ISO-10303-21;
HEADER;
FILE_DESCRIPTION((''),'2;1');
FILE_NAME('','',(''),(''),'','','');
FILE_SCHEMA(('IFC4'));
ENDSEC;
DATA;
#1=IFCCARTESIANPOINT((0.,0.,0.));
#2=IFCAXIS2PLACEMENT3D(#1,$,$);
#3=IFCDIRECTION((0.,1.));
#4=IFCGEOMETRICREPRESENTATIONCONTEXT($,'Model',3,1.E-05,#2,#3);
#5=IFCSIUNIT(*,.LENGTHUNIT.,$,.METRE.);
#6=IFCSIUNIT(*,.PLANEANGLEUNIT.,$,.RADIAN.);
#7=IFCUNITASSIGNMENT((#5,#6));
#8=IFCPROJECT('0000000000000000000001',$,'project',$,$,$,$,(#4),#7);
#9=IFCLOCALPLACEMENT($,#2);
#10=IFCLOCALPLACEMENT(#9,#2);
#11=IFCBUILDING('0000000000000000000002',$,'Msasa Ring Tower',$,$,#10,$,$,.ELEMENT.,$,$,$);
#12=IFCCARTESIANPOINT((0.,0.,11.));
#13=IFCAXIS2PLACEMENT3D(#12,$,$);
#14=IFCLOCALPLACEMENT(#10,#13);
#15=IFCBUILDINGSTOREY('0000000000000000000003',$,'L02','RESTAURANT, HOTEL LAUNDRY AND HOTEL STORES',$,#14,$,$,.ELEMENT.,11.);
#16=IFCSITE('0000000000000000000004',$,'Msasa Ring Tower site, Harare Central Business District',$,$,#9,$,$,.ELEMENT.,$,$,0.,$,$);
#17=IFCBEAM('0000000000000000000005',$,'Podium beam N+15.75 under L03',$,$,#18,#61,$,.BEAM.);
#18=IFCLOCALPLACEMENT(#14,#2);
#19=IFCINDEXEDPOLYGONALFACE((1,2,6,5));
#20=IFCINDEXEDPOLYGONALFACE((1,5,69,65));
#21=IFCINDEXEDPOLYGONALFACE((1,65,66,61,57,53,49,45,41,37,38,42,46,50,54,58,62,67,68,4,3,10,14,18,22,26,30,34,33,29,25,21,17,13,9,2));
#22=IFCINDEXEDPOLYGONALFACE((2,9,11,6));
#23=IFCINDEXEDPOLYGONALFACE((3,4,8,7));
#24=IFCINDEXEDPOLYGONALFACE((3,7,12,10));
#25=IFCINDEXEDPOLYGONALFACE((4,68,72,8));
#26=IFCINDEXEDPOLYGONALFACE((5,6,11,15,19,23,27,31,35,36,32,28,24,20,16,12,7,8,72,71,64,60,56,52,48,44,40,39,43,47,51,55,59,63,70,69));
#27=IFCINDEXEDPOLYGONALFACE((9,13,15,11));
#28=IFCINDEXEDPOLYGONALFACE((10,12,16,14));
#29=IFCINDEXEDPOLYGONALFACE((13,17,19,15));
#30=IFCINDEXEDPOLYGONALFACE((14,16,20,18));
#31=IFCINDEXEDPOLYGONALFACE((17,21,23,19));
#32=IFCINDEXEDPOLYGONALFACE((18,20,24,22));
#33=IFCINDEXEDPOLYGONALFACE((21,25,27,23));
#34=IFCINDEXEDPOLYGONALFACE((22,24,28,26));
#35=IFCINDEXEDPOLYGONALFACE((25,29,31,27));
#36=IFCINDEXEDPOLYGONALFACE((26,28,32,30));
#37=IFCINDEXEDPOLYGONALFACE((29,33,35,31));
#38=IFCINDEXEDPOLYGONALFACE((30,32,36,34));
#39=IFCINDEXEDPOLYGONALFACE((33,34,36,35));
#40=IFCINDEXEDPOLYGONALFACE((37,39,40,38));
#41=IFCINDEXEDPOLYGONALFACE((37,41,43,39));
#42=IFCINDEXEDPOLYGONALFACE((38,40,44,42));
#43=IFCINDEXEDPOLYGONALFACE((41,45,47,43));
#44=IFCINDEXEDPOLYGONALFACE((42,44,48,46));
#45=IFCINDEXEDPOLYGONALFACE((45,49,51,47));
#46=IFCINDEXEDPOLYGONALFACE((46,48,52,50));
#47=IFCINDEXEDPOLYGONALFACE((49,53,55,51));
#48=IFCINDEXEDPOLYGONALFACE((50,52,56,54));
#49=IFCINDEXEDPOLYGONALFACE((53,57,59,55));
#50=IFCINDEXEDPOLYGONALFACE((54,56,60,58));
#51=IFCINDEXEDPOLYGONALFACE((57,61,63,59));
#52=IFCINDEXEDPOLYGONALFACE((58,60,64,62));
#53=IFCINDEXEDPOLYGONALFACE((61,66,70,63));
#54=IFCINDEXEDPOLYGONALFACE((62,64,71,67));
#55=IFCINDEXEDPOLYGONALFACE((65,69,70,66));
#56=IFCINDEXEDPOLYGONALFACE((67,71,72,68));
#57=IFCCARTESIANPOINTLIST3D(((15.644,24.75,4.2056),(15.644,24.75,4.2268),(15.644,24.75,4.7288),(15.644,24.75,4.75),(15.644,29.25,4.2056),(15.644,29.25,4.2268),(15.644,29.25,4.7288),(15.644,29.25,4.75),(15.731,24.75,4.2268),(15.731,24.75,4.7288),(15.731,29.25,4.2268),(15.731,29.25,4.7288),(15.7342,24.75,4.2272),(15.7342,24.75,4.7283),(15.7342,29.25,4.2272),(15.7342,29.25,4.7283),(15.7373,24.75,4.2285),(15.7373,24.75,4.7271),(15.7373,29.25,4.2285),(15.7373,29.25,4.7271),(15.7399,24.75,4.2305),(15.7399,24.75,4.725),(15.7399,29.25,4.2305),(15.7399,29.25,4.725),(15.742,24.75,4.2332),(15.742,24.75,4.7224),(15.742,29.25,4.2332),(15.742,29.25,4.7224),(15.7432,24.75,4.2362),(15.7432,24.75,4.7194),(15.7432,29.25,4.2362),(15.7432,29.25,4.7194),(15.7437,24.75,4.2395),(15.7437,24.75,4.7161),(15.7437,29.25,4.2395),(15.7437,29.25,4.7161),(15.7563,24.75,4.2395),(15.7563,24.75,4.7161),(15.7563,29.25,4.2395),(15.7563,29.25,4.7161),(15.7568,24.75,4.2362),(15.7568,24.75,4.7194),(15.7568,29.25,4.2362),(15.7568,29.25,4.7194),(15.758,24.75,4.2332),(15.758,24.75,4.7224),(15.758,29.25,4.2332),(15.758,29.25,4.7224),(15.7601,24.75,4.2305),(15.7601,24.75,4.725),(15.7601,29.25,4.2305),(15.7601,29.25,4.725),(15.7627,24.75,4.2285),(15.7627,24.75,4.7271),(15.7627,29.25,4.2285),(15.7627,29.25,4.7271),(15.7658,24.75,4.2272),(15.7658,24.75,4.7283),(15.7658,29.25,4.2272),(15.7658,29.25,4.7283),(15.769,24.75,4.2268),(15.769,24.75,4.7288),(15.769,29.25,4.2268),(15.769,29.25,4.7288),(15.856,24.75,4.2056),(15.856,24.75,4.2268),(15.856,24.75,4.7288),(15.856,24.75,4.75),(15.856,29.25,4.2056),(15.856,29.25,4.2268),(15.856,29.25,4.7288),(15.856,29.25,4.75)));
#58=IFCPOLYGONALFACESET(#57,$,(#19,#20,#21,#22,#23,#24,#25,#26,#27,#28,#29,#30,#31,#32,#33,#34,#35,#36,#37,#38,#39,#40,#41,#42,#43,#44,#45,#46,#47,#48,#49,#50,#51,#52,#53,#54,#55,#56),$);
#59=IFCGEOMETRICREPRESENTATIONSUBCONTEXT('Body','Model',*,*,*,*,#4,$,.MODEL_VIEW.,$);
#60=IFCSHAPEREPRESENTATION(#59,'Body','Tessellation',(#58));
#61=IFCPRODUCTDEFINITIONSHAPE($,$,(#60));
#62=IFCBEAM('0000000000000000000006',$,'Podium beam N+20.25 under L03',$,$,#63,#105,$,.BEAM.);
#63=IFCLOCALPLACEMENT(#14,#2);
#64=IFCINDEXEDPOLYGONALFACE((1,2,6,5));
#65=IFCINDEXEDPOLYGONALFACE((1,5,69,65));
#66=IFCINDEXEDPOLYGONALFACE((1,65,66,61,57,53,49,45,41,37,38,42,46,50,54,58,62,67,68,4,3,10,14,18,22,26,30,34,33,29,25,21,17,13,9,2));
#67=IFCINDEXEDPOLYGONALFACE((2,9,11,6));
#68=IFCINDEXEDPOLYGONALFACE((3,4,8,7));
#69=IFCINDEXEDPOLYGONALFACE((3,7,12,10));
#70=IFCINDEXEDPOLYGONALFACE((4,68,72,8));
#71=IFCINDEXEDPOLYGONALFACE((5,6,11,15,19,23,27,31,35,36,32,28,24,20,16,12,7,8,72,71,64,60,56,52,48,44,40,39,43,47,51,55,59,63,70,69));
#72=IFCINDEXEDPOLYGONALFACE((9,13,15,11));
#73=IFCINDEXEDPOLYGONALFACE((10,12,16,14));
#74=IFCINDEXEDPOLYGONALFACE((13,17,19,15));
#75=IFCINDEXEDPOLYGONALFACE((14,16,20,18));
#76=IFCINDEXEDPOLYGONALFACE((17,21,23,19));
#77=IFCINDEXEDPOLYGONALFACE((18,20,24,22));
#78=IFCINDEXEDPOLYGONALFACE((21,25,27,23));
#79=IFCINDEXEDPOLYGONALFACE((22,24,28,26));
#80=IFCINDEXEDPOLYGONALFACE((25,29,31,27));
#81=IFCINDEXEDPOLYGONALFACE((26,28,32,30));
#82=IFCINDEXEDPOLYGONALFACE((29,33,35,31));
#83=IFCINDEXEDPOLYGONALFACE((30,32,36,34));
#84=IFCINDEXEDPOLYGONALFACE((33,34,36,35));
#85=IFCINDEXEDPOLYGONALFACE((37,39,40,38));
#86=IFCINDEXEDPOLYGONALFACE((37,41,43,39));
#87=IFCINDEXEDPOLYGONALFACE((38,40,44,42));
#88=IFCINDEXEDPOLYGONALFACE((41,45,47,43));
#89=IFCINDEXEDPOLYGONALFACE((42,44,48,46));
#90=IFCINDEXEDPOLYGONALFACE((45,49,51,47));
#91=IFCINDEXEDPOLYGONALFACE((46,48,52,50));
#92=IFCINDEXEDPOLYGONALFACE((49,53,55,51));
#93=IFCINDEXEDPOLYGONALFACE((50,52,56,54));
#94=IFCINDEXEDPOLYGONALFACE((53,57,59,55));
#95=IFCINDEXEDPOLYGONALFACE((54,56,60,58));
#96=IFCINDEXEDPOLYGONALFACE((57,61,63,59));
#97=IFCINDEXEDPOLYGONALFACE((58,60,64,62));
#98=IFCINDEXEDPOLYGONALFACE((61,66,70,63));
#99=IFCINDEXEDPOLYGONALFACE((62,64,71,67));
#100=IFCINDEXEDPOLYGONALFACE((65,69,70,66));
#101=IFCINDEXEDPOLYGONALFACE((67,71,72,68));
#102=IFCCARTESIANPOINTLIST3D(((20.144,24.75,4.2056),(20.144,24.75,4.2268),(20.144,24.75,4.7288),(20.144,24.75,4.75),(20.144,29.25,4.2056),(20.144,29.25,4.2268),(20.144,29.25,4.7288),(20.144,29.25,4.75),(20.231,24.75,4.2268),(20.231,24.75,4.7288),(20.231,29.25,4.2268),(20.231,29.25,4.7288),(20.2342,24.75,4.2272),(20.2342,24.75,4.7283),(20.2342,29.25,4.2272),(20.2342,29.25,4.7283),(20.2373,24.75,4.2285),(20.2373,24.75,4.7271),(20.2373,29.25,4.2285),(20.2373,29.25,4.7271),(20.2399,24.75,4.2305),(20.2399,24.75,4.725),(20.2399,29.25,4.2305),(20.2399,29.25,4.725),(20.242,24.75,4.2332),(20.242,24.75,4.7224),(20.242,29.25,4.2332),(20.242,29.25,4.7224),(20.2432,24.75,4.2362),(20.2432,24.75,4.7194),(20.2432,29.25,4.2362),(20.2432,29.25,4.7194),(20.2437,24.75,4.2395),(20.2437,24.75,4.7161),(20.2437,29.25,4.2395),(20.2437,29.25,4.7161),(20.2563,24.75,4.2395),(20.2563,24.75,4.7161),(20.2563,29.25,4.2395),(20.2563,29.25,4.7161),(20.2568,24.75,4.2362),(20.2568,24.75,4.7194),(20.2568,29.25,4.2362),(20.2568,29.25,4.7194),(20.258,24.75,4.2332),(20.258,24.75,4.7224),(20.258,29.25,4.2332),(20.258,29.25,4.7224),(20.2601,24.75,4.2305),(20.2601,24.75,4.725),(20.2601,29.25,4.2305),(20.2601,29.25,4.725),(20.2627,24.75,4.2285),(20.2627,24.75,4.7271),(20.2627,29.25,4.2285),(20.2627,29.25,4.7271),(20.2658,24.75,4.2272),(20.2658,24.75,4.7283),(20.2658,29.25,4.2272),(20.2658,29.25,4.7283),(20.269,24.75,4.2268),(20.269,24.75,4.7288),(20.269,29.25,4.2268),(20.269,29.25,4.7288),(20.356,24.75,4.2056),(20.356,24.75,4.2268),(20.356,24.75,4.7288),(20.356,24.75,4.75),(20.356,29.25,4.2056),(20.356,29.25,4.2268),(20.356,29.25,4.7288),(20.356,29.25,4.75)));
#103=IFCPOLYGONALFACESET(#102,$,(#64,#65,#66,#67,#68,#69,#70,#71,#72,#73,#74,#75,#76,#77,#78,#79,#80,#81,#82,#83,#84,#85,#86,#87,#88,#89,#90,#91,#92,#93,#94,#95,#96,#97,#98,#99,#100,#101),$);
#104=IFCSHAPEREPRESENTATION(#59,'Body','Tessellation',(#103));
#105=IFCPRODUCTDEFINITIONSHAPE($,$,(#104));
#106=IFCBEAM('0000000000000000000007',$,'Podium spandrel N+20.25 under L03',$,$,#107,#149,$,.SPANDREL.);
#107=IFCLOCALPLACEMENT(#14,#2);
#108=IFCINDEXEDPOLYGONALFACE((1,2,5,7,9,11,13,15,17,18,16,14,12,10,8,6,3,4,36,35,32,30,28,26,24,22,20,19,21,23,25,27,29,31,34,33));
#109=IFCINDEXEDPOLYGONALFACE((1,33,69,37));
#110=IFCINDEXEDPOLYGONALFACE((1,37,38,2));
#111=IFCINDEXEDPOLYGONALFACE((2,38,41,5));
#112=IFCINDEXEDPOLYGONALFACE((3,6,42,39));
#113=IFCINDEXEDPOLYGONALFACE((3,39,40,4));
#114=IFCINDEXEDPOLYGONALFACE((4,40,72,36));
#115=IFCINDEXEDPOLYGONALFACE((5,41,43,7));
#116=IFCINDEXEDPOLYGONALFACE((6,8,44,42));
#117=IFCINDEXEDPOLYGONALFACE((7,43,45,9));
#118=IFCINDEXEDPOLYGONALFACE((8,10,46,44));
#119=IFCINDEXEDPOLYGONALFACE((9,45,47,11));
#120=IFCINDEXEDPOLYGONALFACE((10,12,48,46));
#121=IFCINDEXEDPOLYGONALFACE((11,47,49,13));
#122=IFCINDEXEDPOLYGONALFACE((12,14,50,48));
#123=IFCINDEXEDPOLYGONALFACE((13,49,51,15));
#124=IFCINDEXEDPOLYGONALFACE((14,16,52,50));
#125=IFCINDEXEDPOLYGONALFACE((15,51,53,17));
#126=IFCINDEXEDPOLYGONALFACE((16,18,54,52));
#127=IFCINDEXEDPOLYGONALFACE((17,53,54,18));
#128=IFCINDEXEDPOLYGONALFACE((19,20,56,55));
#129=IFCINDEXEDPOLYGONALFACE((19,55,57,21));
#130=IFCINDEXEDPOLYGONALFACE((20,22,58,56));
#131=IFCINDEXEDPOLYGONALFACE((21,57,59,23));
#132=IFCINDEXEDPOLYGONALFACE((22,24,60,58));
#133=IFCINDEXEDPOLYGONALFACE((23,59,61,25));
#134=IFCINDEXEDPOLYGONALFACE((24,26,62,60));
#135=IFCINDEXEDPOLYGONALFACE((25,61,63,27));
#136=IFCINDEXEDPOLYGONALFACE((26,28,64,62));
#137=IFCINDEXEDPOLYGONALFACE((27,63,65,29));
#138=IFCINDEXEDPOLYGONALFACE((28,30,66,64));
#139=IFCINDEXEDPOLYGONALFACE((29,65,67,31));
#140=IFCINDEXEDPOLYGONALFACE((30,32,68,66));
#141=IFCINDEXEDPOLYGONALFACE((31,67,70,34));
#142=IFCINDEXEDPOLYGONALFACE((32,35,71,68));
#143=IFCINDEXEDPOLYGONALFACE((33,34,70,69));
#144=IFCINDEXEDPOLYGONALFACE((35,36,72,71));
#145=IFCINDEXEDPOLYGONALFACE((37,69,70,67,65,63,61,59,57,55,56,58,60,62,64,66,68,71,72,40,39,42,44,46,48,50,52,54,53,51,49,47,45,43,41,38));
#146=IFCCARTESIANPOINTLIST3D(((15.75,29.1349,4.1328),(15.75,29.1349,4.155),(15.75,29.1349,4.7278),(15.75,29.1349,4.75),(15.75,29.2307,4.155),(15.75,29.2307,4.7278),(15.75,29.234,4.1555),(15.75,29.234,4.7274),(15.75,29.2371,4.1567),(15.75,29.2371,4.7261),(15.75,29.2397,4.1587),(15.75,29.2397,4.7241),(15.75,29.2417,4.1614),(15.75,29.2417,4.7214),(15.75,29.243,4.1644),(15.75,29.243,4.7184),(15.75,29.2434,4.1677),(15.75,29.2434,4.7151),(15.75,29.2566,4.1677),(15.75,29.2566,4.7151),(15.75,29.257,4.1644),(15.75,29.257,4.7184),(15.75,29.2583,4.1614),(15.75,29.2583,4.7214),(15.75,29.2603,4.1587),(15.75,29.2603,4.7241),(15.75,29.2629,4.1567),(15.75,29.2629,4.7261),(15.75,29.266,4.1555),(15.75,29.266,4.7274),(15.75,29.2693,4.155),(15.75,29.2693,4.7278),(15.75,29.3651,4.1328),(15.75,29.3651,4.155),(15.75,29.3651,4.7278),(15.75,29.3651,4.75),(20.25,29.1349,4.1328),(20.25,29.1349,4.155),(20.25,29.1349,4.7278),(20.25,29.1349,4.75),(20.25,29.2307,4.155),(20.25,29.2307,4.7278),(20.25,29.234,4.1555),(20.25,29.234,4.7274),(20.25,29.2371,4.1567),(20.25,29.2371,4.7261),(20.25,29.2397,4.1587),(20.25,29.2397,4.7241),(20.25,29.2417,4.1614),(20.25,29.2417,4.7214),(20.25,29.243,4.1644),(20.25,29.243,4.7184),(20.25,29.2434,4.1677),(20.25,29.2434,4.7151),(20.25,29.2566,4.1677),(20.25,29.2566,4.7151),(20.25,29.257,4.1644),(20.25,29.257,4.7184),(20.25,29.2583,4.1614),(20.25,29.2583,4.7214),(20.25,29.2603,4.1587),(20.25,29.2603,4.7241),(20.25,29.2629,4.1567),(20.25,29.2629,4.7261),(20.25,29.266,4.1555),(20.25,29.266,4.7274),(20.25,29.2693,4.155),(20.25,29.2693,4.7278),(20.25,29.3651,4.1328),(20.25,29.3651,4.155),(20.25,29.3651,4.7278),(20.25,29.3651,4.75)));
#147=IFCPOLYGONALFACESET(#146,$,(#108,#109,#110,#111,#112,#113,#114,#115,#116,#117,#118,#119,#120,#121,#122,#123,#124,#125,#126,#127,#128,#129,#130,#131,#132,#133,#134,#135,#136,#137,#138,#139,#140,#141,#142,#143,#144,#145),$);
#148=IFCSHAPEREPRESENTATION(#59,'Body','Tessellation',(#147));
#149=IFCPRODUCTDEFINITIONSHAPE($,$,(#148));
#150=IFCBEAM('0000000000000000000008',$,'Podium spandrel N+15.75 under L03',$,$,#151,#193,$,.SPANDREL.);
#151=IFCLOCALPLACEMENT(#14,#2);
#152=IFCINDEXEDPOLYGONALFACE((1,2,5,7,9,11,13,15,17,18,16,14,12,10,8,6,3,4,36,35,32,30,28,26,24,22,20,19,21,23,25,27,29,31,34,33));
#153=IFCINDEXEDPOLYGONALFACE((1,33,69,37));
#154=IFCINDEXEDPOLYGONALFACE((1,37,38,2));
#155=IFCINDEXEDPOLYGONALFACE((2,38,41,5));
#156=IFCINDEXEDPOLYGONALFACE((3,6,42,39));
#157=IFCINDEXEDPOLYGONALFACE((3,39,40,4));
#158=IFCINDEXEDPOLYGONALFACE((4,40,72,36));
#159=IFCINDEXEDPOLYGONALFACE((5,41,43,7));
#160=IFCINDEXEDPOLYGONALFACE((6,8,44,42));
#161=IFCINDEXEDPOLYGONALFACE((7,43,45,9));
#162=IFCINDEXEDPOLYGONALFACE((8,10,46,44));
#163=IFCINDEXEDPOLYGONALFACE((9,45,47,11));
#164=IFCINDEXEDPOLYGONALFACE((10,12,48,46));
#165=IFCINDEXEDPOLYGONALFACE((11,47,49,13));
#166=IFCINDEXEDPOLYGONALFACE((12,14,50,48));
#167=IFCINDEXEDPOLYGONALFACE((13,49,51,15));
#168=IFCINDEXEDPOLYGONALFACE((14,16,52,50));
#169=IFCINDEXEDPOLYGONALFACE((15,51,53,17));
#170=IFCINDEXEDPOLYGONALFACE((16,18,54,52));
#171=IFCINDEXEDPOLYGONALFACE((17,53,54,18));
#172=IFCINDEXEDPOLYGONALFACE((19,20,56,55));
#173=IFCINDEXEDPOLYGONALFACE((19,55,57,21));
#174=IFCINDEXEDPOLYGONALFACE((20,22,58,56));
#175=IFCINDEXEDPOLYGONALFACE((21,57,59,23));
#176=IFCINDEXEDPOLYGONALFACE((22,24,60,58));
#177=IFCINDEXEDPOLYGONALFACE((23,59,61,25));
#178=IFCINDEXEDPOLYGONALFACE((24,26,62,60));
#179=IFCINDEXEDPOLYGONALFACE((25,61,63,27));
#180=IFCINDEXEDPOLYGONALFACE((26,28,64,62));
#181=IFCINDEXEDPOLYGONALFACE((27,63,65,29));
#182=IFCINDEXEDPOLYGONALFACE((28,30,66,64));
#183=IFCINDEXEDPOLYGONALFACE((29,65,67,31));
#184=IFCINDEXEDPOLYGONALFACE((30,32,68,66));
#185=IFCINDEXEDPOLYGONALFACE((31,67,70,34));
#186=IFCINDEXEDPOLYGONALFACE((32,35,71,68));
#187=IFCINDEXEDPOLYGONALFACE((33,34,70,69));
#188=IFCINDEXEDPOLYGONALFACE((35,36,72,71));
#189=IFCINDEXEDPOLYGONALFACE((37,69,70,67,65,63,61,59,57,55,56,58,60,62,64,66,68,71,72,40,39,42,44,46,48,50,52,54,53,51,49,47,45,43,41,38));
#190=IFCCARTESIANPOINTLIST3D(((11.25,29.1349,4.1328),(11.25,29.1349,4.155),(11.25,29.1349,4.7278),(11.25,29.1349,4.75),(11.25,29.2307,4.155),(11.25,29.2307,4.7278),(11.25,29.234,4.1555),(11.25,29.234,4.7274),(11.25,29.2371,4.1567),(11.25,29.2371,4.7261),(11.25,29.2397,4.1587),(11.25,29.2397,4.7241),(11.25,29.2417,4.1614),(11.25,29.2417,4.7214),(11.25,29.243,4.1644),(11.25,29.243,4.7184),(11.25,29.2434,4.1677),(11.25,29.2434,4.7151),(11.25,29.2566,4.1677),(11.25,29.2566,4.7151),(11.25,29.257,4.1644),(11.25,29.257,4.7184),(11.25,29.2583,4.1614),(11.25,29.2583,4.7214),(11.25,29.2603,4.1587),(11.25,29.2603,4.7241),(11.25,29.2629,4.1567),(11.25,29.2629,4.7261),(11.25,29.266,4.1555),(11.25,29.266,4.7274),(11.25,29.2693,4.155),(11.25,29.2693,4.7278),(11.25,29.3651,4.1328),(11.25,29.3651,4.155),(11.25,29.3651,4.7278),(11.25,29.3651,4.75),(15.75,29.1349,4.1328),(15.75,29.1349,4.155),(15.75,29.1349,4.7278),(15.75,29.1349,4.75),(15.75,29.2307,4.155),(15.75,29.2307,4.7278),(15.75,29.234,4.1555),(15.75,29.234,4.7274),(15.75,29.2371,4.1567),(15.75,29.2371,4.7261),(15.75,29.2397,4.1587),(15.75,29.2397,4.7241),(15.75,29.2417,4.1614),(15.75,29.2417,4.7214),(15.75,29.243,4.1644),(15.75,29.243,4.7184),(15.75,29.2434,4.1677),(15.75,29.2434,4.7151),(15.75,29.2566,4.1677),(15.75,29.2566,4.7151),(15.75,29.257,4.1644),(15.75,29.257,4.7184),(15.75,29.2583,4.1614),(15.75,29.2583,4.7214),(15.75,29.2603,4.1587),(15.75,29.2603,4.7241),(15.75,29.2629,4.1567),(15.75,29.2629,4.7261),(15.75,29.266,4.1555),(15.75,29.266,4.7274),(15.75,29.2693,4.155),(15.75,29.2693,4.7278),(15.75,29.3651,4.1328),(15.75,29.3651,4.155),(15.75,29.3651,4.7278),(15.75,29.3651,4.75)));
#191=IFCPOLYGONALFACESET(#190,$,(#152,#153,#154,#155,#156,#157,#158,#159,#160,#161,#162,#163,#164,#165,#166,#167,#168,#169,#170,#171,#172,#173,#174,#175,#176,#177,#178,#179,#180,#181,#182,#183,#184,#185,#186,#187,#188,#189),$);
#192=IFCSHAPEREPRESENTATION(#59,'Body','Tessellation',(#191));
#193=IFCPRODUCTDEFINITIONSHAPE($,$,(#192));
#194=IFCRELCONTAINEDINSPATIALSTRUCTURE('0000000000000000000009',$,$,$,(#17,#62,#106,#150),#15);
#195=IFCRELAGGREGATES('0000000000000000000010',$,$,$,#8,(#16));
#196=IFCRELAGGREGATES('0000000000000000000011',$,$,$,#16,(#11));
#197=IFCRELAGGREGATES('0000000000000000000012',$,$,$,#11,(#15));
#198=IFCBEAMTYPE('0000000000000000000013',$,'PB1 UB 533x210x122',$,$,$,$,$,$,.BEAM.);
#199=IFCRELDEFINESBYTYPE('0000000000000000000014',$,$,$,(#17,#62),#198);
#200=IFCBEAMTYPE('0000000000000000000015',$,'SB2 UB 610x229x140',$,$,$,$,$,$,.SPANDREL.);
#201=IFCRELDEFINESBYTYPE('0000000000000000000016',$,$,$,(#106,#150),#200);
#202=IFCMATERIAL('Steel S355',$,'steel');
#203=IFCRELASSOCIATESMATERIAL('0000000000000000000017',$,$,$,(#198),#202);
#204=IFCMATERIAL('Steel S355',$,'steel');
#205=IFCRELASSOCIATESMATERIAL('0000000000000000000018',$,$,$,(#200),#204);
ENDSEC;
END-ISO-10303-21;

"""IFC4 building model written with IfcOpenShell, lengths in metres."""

from ifc_helpers import new_model, si_unit, direction, frame, origin, origin_2d, place, context, subcontext, project, spatial, i_section, extrude, material, material_profile, profile_set, type_object, element, save


model = new_model("IFC4")

# Units and contexts
model_context = context("Model", 3, precision=1e-05, world=origin(), true_north=direction((0.0, 1.0)))
body_context = subcontext(model_context, "Body", "Model", "MODEL_VIEW")
ifc_project = project(units=[si_unit("LENGTHUNIT", "METRE"), si_unit("PLANEANGLEUNIT", "RADIAN")], contexts=[model_context])

# Site, building, storey
site_placement = place(None, origin())
site = spatial("IfcSite", under=ifc_project, at=site_placement, Name="Msasa Ring Tower site, Harare Central Business District", CompositionType="ELEMENT", RefElevation=0.0)
building_placement = place(site_placement, origin())
building = spatial("IfcBuilding", under=site, at=building_placement, Name="Msasa Ring Tower", CompositionType="ELEMENT")
storey_placement = place(building_placement, frame((0.0, 0.0, 11.0)))
storey = spatial("IfcBuildingStorey", under=building, at=storey_placement, Name="L02", Description="RESTAURANT, HOTEL LAUNDRY AND HOTEL STORES", CompositionType="ELEMENT", Elevation=11.0)

# Beams
ifc_material_1 = material(Name="Steel S355", Category="steel")
ifc_material_profile_1 = material_profile(ifc_material_1, i_section(OverallWidth=0.2119, OverallDepth=0.5444, WebThickness=0.0127, FlangeThickness=0.0212, FilletRadius=0.0127, at=origin_2d()), Name="UB 533x210x122")
ifc_profile_set_1 = profile_set([ifc_material_profile_1], Name="Steel S355")
beam_type_1 = type_object("IfcBeamType", Name="PB1 UB 533x210x122", PredefinedType="BEAM", material=ifc_profile_set_1)
for number, where, z_axis, x_axis, name in (
    (1, (15.75, 29.25, 4.4778), (0.0, -1.0, 0.0), (1.0, 0.0, 0.0), "Podium beam N+15.75 under L03"),
    (2, (20.25, 29.25, 4.4778), (0.0, -1.0, 0.0), (1.0, 0.0, 0.0), "Podium beam N+20.25 under L03"),
):
    element("IfcBeam", number, at=place(storey_placement, frame(where, z_axis=z_axis, x_axis=x_axis)), inside=storey, type_object=beam_type_1, Name=name, PredefinedType="BEAM", context=body_context, shape_type="SweptSolid", body=[
        extrude(i_section(OverallWidth=0.2119, OverallDepth=0.5444, WebThickness=0.0127, FlangeThickness=0.0212, FilletRadius=0.0127, at=origin_2d()), origin(), (0.0, 0.0, 1.0), 4.5),
    ])
ifc_material_2 = material(Name="Steel S355", Category="steel")
ifc_material_profile_2 = material_profile(ifc_material_2, i_section(OverallWidth=0.2302, OverallDepth=0.6172, WebThickness=0.0132, FlangeThickness=0.0222, FilletRadius=0.0127, at=origin_2d()), Name="UB 610x229x140")
ifc_profile_set_2 = profile_set([ifc_material_profile_2], Name="Steel S355")
beam_type_2 = type_object("IfcBeamType", Name="SB2 UB 610x229x140", PredefinedType="SPANDREL", material=ifc_profile_set_2)
for number, where, z_axis, x_axis, name in (
    (3, (20.25, 29.25, 4.4414), (-1.0, 0.0, 0.0), (0.0, -1.0, 0.0), "Podium spandrel N+20.25 under L03"),
    (4, (15.75, 29.25, 4.4414), (-1.0, 0.0, 0.0), (0.0, -1.0, 0.0), "Podium spandrel N+15.75 under L03"),
):
    element("IfcBeam", number, at=place(storey_placement, frame(where, z_axis=z_axis, x_axis=x_axis)), inside=storey, type_object=beam_type_2, Name=name, PredefinedType="SPANDREL", context=body_context, shape_type="SweptSolid", body=[
        extrude(i_section(OverallWidth=0.2302, OverallDepth=0.6172, WebThickness=0.0132, FlangeThickness=0.0222, FilletRadius=0.0127, at=origin_2d()), origin(), (0.0, 0.0, 1.0), 4.5),
    ])

save(model, "model.ifc")
